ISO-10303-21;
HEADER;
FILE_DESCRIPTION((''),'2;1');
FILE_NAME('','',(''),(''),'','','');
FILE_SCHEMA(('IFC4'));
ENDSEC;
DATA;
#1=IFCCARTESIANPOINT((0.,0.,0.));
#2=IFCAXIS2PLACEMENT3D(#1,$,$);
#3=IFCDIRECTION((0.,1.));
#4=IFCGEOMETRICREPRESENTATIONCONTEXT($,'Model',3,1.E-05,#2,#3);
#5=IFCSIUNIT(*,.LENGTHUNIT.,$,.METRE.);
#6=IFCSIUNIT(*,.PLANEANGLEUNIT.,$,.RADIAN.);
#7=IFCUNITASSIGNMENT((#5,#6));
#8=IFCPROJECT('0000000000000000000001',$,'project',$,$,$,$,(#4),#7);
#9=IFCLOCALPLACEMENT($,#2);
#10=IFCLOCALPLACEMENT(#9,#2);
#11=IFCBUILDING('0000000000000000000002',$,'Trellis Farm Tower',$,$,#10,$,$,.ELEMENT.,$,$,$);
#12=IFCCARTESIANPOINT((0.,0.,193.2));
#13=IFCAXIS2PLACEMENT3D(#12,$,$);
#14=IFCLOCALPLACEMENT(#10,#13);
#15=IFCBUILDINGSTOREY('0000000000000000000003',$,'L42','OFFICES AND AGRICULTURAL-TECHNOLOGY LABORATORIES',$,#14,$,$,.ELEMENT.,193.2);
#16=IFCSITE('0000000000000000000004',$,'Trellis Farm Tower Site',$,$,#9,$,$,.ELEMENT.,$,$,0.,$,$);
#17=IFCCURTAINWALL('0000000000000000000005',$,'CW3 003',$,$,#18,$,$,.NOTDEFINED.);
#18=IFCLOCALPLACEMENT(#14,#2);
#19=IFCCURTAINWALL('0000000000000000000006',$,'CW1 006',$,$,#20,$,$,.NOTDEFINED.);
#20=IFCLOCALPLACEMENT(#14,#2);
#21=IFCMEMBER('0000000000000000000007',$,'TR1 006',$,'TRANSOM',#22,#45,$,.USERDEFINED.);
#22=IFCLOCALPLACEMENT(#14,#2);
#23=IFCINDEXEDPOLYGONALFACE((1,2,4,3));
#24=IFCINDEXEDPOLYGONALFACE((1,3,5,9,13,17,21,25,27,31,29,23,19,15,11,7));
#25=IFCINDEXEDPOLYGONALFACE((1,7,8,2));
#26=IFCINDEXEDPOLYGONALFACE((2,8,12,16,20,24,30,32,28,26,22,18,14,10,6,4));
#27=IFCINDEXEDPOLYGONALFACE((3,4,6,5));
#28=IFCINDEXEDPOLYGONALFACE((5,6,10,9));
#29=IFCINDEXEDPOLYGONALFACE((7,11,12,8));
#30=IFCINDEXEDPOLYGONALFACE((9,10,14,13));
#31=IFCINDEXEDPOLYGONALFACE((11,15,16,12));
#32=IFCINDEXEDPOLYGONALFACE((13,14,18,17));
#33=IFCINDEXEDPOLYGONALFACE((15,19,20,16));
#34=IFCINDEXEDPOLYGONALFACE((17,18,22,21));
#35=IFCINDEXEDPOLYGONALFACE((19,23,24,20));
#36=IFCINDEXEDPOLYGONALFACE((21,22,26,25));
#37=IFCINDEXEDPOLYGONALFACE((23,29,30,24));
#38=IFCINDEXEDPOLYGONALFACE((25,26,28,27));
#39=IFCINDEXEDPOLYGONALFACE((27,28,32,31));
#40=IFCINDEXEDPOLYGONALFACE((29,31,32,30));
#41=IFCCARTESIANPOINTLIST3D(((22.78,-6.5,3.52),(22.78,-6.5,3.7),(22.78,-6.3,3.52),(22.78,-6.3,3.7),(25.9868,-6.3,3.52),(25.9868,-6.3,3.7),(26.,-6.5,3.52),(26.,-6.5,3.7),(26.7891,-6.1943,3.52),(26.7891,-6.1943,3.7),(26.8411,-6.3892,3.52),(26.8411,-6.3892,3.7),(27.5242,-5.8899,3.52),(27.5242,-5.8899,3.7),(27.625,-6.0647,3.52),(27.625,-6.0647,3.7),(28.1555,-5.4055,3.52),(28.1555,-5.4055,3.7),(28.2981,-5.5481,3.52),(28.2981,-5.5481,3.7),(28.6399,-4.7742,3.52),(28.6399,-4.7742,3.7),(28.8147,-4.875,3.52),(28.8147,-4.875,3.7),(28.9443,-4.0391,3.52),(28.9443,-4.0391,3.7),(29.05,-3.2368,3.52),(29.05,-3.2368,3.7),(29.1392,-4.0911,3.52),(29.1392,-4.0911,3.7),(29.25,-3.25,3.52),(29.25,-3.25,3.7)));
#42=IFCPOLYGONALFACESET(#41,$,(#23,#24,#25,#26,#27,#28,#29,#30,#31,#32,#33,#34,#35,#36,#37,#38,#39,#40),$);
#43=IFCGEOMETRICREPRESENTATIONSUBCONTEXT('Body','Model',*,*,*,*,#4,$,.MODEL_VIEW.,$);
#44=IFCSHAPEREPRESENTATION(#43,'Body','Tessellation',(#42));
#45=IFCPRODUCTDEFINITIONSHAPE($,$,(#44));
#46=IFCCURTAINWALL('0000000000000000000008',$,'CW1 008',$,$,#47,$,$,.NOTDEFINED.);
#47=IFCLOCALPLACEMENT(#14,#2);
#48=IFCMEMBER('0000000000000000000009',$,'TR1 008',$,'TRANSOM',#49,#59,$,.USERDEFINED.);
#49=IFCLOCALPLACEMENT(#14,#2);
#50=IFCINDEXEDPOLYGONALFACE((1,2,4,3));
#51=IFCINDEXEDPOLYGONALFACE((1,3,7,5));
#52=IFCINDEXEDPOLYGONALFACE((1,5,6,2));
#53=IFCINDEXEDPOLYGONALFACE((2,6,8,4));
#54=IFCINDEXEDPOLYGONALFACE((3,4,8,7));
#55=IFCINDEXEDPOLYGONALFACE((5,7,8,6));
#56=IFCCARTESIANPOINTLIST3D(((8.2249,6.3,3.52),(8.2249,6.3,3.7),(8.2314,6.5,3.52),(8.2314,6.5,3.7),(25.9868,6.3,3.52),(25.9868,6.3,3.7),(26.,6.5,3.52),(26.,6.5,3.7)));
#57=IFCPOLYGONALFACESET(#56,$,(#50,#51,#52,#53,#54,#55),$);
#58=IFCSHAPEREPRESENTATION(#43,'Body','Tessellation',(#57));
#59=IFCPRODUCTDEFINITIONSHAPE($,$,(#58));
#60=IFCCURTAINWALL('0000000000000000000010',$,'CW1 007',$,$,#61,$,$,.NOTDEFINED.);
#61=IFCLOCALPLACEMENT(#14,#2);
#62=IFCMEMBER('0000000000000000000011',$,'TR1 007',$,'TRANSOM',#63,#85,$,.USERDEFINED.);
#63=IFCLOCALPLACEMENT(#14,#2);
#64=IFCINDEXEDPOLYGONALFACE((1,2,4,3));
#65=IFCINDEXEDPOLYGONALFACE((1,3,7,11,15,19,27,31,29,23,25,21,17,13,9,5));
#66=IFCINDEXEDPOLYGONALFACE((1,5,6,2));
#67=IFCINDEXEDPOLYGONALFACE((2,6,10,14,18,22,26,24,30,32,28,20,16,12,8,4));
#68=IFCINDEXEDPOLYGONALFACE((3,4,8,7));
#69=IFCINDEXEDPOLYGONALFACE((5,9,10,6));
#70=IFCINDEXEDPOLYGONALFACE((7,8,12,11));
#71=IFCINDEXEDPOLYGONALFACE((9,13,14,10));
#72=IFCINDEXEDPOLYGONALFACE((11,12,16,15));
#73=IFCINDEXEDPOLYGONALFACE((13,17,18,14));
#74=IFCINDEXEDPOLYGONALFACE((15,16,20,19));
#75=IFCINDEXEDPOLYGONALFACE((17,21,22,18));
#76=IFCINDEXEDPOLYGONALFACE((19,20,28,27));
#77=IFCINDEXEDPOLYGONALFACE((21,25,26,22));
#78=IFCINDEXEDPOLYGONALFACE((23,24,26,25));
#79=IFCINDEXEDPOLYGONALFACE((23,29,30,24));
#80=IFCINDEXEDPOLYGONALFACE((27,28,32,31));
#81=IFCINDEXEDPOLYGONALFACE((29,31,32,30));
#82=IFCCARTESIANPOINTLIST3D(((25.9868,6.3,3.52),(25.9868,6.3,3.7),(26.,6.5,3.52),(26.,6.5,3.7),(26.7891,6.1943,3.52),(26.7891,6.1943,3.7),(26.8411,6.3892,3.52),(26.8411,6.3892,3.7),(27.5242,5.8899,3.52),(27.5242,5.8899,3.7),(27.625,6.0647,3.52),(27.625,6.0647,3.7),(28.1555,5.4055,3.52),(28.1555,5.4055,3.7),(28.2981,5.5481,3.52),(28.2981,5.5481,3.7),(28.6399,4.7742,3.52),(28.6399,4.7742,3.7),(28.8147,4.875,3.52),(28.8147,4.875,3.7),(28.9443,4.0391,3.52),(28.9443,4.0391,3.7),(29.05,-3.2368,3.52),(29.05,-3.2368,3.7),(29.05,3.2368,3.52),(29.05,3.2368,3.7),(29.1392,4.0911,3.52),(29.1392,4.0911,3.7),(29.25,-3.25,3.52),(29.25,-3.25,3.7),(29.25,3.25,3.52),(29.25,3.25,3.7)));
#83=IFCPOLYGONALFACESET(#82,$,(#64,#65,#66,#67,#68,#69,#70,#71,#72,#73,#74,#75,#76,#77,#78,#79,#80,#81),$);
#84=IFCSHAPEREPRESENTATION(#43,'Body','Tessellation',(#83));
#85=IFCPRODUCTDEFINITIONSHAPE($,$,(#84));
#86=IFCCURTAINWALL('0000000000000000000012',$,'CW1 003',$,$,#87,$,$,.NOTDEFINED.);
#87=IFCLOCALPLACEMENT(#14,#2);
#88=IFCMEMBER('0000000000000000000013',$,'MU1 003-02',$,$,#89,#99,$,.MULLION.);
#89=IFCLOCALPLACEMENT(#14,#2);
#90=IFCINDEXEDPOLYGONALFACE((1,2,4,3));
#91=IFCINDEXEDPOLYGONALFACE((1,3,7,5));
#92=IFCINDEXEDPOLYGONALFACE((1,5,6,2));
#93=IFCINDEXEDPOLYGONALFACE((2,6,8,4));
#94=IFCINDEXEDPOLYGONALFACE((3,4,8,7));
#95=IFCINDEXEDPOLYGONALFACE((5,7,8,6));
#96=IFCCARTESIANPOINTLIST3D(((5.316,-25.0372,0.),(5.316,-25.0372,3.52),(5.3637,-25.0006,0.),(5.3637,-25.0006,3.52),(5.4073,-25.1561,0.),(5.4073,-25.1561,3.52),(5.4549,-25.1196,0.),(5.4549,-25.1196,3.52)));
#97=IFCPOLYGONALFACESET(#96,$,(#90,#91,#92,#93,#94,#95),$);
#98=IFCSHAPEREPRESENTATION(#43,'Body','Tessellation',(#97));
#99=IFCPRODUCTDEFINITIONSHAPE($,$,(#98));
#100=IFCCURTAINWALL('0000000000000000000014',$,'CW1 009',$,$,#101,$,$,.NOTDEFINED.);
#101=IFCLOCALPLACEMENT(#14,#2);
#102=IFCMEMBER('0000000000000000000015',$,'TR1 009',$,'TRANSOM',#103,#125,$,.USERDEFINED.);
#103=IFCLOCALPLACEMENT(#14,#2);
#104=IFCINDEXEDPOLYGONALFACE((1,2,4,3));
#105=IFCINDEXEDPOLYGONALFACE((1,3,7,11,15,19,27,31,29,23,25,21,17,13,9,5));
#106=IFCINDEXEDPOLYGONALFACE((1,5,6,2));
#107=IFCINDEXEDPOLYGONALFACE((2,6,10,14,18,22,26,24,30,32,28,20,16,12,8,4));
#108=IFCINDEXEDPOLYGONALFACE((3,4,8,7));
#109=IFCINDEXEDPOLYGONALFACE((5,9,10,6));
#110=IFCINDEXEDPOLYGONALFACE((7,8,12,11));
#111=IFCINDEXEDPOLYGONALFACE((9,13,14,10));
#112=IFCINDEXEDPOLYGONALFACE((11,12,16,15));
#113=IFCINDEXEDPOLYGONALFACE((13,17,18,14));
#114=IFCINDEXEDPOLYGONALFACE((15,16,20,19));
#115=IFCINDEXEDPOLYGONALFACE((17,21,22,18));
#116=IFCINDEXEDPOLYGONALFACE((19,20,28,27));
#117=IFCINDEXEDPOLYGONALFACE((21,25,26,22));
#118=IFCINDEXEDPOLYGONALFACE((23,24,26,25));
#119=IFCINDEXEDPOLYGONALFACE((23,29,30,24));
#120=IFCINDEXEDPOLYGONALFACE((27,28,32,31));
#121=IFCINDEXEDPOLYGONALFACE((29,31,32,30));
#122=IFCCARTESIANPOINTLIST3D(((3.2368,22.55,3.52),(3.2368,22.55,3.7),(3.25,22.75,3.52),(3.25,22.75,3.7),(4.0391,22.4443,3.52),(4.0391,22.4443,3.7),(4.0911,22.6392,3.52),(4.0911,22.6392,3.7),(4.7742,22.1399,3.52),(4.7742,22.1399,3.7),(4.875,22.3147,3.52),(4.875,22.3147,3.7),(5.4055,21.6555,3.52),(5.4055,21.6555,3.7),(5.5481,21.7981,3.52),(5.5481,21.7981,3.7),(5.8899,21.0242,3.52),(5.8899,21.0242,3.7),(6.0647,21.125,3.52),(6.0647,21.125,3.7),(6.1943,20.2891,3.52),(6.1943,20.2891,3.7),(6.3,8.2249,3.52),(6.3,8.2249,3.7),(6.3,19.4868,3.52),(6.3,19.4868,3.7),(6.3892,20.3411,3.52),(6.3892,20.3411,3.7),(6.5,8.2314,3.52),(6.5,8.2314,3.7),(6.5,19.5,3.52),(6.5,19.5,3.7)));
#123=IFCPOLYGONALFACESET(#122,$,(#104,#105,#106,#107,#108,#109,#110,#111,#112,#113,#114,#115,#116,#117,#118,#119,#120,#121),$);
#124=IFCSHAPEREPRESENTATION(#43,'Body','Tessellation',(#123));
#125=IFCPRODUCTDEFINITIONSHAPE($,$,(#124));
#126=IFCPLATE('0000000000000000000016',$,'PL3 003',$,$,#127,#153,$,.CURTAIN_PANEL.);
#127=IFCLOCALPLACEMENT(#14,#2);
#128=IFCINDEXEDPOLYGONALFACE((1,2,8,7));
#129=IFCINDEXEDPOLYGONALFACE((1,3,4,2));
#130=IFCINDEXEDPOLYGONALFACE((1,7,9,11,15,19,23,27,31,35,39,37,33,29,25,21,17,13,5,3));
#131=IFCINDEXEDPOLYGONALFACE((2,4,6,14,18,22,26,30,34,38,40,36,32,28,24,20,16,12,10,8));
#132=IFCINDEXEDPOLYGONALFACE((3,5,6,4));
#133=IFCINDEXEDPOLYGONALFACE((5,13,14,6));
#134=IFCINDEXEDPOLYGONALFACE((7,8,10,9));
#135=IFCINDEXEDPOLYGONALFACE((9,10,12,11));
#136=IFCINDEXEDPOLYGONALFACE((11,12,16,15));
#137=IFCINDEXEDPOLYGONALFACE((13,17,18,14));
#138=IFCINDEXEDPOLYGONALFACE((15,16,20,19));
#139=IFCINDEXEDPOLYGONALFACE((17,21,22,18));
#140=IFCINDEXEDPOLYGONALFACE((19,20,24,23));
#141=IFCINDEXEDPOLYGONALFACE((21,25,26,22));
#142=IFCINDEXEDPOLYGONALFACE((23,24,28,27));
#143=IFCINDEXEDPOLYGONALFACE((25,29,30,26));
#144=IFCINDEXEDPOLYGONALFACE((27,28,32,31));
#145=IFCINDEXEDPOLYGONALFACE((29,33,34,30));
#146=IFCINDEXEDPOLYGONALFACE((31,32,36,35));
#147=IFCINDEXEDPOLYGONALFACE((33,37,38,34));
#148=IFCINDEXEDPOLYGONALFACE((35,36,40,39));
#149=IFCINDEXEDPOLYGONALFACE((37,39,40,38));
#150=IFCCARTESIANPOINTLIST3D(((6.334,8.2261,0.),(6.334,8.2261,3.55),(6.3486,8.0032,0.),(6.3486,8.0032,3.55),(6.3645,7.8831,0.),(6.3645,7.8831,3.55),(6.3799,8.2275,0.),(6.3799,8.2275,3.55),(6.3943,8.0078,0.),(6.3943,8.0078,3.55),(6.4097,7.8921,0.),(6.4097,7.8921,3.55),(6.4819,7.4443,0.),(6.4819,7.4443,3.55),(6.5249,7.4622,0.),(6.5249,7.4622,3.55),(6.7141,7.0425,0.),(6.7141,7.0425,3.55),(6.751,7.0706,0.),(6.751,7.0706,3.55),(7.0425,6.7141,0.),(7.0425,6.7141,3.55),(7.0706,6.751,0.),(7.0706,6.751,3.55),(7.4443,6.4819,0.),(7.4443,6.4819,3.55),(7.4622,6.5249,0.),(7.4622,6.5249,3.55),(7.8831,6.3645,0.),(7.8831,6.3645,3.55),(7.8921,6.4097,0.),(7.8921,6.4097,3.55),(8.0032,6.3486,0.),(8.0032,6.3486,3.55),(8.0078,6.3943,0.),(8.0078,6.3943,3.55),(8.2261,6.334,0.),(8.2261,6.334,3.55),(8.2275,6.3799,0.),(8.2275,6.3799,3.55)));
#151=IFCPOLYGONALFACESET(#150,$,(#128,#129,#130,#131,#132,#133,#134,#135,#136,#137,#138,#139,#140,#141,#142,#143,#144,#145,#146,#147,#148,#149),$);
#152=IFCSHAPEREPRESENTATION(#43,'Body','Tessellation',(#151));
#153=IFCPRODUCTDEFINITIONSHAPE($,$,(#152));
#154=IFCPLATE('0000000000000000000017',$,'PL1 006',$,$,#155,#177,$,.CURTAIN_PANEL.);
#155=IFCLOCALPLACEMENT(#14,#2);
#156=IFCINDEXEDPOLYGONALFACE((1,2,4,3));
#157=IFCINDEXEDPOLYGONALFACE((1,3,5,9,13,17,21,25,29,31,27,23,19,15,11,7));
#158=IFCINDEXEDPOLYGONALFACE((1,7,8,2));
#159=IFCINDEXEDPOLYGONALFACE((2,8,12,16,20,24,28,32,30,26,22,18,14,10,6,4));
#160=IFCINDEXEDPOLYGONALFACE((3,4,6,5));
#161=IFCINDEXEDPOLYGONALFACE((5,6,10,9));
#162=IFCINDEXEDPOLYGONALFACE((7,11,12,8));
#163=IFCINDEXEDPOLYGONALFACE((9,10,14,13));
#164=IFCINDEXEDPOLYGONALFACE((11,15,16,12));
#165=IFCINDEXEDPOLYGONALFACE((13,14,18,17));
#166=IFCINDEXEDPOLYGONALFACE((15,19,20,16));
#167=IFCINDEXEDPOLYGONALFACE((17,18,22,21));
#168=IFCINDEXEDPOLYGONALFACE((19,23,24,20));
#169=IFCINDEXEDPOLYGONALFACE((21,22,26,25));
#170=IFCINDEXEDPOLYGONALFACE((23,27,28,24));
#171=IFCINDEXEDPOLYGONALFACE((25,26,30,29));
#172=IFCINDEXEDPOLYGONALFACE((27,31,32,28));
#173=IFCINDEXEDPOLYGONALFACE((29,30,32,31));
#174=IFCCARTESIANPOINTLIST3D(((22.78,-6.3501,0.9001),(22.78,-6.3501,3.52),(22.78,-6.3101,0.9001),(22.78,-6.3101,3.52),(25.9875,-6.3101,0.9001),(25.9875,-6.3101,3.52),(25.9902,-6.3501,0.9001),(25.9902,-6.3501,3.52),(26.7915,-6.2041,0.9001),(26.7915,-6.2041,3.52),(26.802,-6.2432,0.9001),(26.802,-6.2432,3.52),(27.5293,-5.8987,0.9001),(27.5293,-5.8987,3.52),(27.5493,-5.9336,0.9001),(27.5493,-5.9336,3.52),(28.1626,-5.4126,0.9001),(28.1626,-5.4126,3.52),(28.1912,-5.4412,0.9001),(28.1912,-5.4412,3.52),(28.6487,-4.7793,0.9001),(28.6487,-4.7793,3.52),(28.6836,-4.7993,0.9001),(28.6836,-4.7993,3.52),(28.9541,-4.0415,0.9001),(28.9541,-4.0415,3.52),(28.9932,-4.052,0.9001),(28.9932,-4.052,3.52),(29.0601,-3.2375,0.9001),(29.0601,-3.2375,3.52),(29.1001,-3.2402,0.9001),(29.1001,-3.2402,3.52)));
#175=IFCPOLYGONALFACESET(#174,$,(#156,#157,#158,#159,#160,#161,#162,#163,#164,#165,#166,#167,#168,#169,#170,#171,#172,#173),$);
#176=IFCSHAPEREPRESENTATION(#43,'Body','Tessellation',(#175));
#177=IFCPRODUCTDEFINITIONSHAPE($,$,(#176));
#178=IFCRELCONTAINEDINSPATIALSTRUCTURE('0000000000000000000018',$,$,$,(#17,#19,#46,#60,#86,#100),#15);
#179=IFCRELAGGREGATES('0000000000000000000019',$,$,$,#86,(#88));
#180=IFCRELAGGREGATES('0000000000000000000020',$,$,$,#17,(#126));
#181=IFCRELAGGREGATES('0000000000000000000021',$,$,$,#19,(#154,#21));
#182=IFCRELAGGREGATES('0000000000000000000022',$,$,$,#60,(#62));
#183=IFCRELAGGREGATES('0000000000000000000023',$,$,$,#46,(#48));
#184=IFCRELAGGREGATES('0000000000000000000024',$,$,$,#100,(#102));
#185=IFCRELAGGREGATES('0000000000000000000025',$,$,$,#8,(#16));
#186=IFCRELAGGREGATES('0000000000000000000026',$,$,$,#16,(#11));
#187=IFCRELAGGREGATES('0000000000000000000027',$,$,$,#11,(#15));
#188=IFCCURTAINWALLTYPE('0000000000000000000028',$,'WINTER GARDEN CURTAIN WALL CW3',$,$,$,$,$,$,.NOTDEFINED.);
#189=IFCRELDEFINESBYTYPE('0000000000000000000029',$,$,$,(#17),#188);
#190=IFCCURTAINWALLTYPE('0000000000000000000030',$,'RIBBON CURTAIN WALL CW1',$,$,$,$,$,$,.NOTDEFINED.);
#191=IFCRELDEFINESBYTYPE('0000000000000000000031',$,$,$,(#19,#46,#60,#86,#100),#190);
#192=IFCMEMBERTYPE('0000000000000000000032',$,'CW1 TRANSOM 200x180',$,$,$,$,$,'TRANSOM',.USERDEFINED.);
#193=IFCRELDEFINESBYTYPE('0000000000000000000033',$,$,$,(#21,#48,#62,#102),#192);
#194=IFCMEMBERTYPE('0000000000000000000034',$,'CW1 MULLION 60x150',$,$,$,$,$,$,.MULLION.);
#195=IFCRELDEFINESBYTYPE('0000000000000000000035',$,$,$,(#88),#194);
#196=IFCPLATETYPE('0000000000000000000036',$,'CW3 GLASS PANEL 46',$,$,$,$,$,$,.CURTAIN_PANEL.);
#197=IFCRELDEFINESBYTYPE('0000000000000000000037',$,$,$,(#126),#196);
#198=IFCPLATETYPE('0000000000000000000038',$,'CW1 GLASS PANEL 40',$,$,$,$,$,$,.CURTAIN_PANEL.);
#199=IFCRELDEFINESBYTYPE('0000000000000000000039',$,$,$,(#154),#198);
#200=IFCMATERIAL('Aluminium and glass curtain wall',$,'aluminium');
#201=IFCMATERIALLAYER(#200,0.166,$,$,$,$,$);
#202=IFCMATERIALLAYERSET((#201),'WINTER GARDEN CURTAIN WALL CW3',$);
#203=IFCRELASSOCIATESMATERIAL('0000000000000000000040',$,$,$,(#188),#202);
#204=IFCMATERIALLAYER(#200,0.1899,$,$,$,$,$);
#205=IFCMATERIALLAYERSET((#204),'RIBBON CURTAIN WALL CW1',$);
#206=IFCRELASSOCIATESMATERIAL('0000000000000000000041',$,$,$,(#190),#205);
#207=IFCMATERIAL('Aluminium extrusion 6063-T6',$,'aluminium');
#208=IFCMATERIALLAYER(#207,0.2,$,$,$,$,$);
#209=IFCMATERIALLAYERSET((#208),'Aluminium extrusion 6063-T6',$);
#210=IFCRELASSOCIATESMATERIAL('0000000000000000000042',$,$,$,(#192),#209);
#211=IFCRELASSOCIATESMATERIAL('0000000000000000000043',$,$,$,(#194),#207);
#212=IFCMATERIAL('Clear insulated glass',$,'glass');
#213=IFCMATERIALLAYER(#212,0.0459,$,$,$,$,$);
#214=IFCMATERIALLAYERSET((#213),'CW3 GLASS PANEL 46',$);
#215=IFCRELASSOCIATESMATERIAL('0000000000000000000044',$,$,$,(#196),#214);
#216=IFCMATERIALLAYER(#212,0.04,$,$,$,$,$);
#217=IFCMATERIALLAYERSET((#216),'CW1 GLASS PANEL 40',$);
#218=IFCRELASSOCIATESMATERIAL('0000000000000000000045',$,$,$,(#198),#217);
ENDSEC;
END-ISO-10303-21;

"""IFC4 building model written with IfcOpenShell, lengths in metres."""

from ifc_helpers import new_model, si_unit, direction, frame, origin, origin_2d, place, context, subcontext, project, spatial, polyline, rectangle, outline, extrude, source, transform, mapped, material, layer, layer_set, material_profile, profile_set, type_object, element, aggregate, save


model = new_model("IFC4")

# Units and contexts
model_context = context("Model", 3, precision=1e-05, world=origin(), true_north=direction((0.0, 1.0)))
body_context = subcontext(model_context, "Body", "Model", "MODEL_VIEW")
ifc_project = project(units=[si_unit("LENGTHUNIT", "METRE"), si_unit("PLANEANGLEUNIT", "RADIAN")], contexts=[model_context])

# Site, building, storey
site_placement = place(None, origin())
site = spatial("IfcSite", under=ifc_project, at=site_placement, Name="Trellis Farm Tower Site", CompositionType="ELEMENT", RefElevation=0.0)
building_placement = place(site_placement, origin())
building = spatial("IfcBuilding", under=site, at=building_placement, Name="Trellis Farm Tower", CompositionType="ELEMENT")
storey_placement = place(building_placement, frame((0.0, 0.0, 193.2)))
storey = spatial("IfcBuildingStorey", under=building, at=storey_placement, Name="L42", Description="OFFICES AND AGRICULTURAL-TECHNOLOGY LABORATORIES", CompositionType="ELEMENT", Elevation=193.2)

# Curtain walls, members
ifc_material_1 = material(Name="Aluminium and glass curtain wall", Category="aluminium")
ifc_layer_1 = layer(ifc_material_1, 0.166)
ifc_layer_set_1 = layer_set([ifc_layer_1], Name="WINTER GARDEN CURTAIN WALL CW3")
curtain_wall_type_1 = type_object("IfcCurtainWallType", Name="WINTER GARDEN CURTAIN WALL CW3", PredefinedType="NOTDEFINED", material=ifc_layer_set_1)
placement_1 = place(storey_placement, origin())
curtain_wall_1 = element("IfcCurtainWall", 1, at=placement_1, inside=storey, type_object=curtain_wall_type_1, Name="CW3 003", PredefinedType="NOTDEFINED")
ifc_material_2 = material(Name="Aluminium extrusion 6063-T6", Category="aluminium")
ifc_layer_2 = layer(ifc_material_1, 0.1899)
ifc_layer_set_2 = layer_set([ifc_layer_2], Name="RIBBON CURTAIN WALL CW1")
curtain_wall_type_2 = type_object("IfcCurtainWallType", Name="RIBBON CURTAIN WALL CW1", PredefinedType="NOTDEFINED", material=ifc_layer_set_2)
curtain_wall_2 = element("IfcCurtainWall", 2, at=placement_1, inside=storey, type_object=curtain_wall_type_2, Name="CW1 006", PredefinedType="NOTDEFINED")
ifc_layer_3 = layer(ifc_material_2, 0.2)
ifc_layer_set_3 = layer_set([ifc_layer_3], Name="Aluminium extrusion 6063-T6")
member_type_1 = type_object("IfcMemberType", Name="CW1 TRANSOM 200x180", ElementType="TRANSOM", PredefinedType="USERDEFINED", material=ifc_layer_set_3)
shared_shape_1 = source(origin(), body_context, "Body", "SweptSolid", [
    extrude(outline(polyline([(22.78, -6.5), (26.0, -6.5), (26.8411, -6.3892), (27.625, -6.0647), (28.2981, -5.5481), (28.8147, -4.875), (29.1392, -4.0911), (29.25, -3.25), (29.05, -3.2368), (28.9443, -4.0391), (28.6399, -4.7742), (28.1555, -5.4055), (27.5242, -5.8899), (26.7891, -6.1943), (25.9868, -6.3), (22.78, -6.3), (22.78, -6.5)])), origin(), (0.0, 0.0, 1.0), 0.1799),
])
placement_2 = place(storey_placement, frame((0.0, 0.0, 3.52)))
member_1 = element("IfcMember", 3, at=placement_2, type_object=member_type_1, Name="TR1 006", ObjectType="TRANSOM", PredefinedType="USERDEFINED", context=body_context, shape_type="MappedRepresentation", body=[
    mapped(shared_shape_1, transform((0.0, 0.0, 0.0))),
])
curtain_wall_3 = element("IfcCurtainWall", 4, at=placement_1, inside=storey, type_object=curtain_wall_type_2, Name="CW1 008", PredefinedType="NOTDEFINED")
shared_shape_2 = source(origin(), body_context, "Body", "SweptSolid", [
    extrude(outline(polyline([(26.0, 6.5), (8.2314, 6.5), (8.2249, 6.3), (25.9868, 6.3), (26.0, 6.5)])), origin(), (0.0, 0.0, 1.0), 0.1799),
])
member_2 = element("IfcMember", 5, at=placement_2, type_object=member_type_1, Name="TR1 008", ObjectType="TRANSOM", PredefinedType="USERDEFINED", context=body_context, shape_type="MappedRepresentation", body=[
    mapped(shared_shape_2, transform((0.0, 0.0, 0.0))),
])
curtain_wall_4 = element("IfcCurtainWall", 6, at=placement_1, inside=storey, type_object=curtain_wall_type_2, Name="CW1 007", PredefinedType="NOTDEFINED")
shared_shape_3 = source(origin(), body_context, "Body", "SweptSolid", [
    extrude(outline(polyline([(29.25, -3.25), (29.25, 3.25), (29.1392, 4.0911), (28.8147, 4.875), (28.2981, 5.5481), (27.625, 6.0647), (26.8411, 6.3892), (26.0, 6.5), (25.9868, 6.3), (26.7891, 6.1943), (27.5242, 5.8899), (28.1555, 5.4055), (28.6399, 4.7742), (28.9443, 4.0391), (29.05, 3.2368), (29.05, -3.2368), (29.25, -3.25)])), origin(), (0.0, 0.0, 1.0), 0.1799),
])
member_3 = element("IfcMember", 7, at=placement_2, type_object=member_type_1, Name="TR1 007", ObjectType="TRANSOM", PredefinedType="USERDEFINED", context=body_context, shape_type="MappedRepresentation", body=[
    mapped(shared_shape_3, transform((0.0, 0.0, 0.0))),
])
curtain_wall_5 = element("IfcCurtainWall", 8, at=placement_1, inside=storey, type_object=curtain_wall_type_2, Name="CW1 003", PredefinedType="NOTDEFINED")
ifc_material_profile_1 = material_profile(ifc_material_2, rectangle(XDim=0.0601, YDim=0.1499, at=origin_2d()), Name="MULLION 60x150")
ifc_profile_set_1 = profile_set([ifc_material_profile_1], Name="Aluminium extrusion 6063-T6")
member_type_2 = type_object("IfcMemberType", Name="CW1 MULLION 60x150", PredefinedType="MULLION", material=ifc_profile_set_1)
shared_shape_4 = source(origin(), body_context, "Body", "SweptSolid", [
    extrude(rectangle(XDim=0.0601, YDim=0.1499, at=origin_2d()), origin(), (0.0, 0.0, 1.0), 3.52),
])
member_4_placement = place(storey_placement, frame((5.3855, -25.0784, 0.0), z_axis=(0.0, 0.0, 1.0), x_axis=(0.793353, 0.608761, 0.0)))
member_4 = element("IfcMember", 9, at=member_4_placement, type_object=member_type_2, Name="MU1 003-02", PredefinedType="MULLION", context=body_context, shape_type="MappedRepresentation", body=[
    mapped(shared_shape_4, transform((0.0, 0.0, 0.0))),
])
aggregate(curtain_wall_5, [member_4])
curtain_wall_6 = element("IfcCurtainWall", 10, at=placement_1, inside=storey, type_object=curtain_wall_type_2, Name="CW1 009", PredefinedType="NOTDEFINED")
shared_shape_5 = source(origin(), body_context, "Body", "SweptSolid", [
    extrude(outline(polyline([(6.5, 8.2314), (6.5, 19.5), (6.3892, 20.3411), (6.0647, 21.125), (5.5481, 21.7981), (4.875, 22.3147), (4.0911, 22.6392), (3.25, 22.75), (3.2368, 22.55), (4.0391, 22.4443), (4.7742, 22.1399), (5.4055, 21.6555), (5.8899, 21.0242), (6.1943, 20.2891), (6.3, 19.4868), (6.3, 8.2249), (6.5, 8.2314)])), origin(), (0.0, 0.0, 1.0), 0.1799),
])
member_5 = element("IfcMember", 11, at=placement_2, type_object=member_type_1, Name="TR1 009", ObjectType="TRANSOM", PredefinedType="USERDEFINED", context=body_context, shape_type="MappedRepresentation", body=[
    mapped(shared_shape_5, transform((0.0, 0.0, 0.0))),
])

# Plates
ifc_material_3 = material(Name="Clear insulated glass", Category="glass")
ifc_layer_4 = layer(ifc_material_3, 0.0459)
ifc_layer_set_4 = layer_set([ifc_layer_4], Name="CW3 GLASS PANEL 46")
plate_type_1 = type_object("IfcPlateType", Name="CW3 GLASS PANEL 46", PredefinedType="CURTAIN_PANEL", material=ifc_layer_set_4)
shared_shape_6 = source(origin(), body_context, "Body", "SweptSolid", [
    extrude(outline(polyline([(8.2275, 6.3799), (8.0078, 6.3943), (7.8921, 6.4097), (7.4622, 6.5249), (7.0706, 6.751), (6.751, 7.0706), (6.5249, 7.4622), (6.4097, 7.8921), (6.3943, 8.0078), (6.3799, 8.2275), (6.334, 8.2261), (6.3486, 8.0032), (6.3645, 7.8831), (6.4819, 7.4443), (6.7141, 7.0425), (7.0425, 6.7141), (7.4443, 6.4819), (7.8831, 6.3645), (8.0032, 6.3486), (8.2261, 6.334), (8.2275, 6.3799)])), origin(), (0.0, 0.0, 1.0), 3.55),
])
plate_1 = element("IfcPlate", 12, at=placement_1, type_object=plate_type_1, Name="PL3 003", PredefinedType="CURTAIN_PANEL", context=body_context, shape_type="MappedRepresentation", body=[
    mapped(shared_shape_6, transform((0.0, 0.0, 0.0))),
])
aggregate(curtain_wall_1, [plate_1])
ifc_layer_5 = layer(ifc_material_3, 0.04)
ifc_layer_set_5 = layer_set([ifc_layer_5], Name="CW1 GLASS PANEL 40")
plate_type_2 = type_object("IfcPlateType", Name="CW1 GLASS PANEL 40", PredefinedType="CURTAIN_PANEL", material=ifc_layer_set_5)
shared_shape_7 = source(origin(), body_context, "Body", "SweptSolid", [
    extrude(outline(polyline([(22.78, -6.3501), (25.9902, -6.3501), (26.802, -6.2432), (27.5493, -5.9336), (28.1912, -5.4412), (28.6836, -4.7993), (28.9932, -4.052), (29.1001, -3.2402), (29.0601, -3.2375), (28.9541, -4.0415), (28.6487, -4.7793), (28.1626, -5.4126), (27.5293, -5.8987), (26.7915, -6.2041), (25.9875, -6.3101), (22.78, -6.3101), (22.78, -6.3501)])), origin(), (0.0, 0.0, 1.0), 2.6199),
])
placement_3 = place(storey_placement, frame((0.0, 0.0, 0.9001)))
plate_2 = element("IfcPlate", 13, at=placement_3, type_object=plate_type_2, Name="PL1 006", PredefinedType="CURTAIN_PANEL", context=body_context, shape_type="MappedRepresentation", body=[
    mapped(shared_shape_7, transform((0.0, 0.0, 0.0))),
])
aggregate(curtain_wall_2, [plate_2, member_1])
aggregate(curtain_wall_4, [member_3])
aggregate(curtain_wall_3, [member_2])
aggregate(curtain_wall_6, [member_5])

save(model, "model.ifc")
